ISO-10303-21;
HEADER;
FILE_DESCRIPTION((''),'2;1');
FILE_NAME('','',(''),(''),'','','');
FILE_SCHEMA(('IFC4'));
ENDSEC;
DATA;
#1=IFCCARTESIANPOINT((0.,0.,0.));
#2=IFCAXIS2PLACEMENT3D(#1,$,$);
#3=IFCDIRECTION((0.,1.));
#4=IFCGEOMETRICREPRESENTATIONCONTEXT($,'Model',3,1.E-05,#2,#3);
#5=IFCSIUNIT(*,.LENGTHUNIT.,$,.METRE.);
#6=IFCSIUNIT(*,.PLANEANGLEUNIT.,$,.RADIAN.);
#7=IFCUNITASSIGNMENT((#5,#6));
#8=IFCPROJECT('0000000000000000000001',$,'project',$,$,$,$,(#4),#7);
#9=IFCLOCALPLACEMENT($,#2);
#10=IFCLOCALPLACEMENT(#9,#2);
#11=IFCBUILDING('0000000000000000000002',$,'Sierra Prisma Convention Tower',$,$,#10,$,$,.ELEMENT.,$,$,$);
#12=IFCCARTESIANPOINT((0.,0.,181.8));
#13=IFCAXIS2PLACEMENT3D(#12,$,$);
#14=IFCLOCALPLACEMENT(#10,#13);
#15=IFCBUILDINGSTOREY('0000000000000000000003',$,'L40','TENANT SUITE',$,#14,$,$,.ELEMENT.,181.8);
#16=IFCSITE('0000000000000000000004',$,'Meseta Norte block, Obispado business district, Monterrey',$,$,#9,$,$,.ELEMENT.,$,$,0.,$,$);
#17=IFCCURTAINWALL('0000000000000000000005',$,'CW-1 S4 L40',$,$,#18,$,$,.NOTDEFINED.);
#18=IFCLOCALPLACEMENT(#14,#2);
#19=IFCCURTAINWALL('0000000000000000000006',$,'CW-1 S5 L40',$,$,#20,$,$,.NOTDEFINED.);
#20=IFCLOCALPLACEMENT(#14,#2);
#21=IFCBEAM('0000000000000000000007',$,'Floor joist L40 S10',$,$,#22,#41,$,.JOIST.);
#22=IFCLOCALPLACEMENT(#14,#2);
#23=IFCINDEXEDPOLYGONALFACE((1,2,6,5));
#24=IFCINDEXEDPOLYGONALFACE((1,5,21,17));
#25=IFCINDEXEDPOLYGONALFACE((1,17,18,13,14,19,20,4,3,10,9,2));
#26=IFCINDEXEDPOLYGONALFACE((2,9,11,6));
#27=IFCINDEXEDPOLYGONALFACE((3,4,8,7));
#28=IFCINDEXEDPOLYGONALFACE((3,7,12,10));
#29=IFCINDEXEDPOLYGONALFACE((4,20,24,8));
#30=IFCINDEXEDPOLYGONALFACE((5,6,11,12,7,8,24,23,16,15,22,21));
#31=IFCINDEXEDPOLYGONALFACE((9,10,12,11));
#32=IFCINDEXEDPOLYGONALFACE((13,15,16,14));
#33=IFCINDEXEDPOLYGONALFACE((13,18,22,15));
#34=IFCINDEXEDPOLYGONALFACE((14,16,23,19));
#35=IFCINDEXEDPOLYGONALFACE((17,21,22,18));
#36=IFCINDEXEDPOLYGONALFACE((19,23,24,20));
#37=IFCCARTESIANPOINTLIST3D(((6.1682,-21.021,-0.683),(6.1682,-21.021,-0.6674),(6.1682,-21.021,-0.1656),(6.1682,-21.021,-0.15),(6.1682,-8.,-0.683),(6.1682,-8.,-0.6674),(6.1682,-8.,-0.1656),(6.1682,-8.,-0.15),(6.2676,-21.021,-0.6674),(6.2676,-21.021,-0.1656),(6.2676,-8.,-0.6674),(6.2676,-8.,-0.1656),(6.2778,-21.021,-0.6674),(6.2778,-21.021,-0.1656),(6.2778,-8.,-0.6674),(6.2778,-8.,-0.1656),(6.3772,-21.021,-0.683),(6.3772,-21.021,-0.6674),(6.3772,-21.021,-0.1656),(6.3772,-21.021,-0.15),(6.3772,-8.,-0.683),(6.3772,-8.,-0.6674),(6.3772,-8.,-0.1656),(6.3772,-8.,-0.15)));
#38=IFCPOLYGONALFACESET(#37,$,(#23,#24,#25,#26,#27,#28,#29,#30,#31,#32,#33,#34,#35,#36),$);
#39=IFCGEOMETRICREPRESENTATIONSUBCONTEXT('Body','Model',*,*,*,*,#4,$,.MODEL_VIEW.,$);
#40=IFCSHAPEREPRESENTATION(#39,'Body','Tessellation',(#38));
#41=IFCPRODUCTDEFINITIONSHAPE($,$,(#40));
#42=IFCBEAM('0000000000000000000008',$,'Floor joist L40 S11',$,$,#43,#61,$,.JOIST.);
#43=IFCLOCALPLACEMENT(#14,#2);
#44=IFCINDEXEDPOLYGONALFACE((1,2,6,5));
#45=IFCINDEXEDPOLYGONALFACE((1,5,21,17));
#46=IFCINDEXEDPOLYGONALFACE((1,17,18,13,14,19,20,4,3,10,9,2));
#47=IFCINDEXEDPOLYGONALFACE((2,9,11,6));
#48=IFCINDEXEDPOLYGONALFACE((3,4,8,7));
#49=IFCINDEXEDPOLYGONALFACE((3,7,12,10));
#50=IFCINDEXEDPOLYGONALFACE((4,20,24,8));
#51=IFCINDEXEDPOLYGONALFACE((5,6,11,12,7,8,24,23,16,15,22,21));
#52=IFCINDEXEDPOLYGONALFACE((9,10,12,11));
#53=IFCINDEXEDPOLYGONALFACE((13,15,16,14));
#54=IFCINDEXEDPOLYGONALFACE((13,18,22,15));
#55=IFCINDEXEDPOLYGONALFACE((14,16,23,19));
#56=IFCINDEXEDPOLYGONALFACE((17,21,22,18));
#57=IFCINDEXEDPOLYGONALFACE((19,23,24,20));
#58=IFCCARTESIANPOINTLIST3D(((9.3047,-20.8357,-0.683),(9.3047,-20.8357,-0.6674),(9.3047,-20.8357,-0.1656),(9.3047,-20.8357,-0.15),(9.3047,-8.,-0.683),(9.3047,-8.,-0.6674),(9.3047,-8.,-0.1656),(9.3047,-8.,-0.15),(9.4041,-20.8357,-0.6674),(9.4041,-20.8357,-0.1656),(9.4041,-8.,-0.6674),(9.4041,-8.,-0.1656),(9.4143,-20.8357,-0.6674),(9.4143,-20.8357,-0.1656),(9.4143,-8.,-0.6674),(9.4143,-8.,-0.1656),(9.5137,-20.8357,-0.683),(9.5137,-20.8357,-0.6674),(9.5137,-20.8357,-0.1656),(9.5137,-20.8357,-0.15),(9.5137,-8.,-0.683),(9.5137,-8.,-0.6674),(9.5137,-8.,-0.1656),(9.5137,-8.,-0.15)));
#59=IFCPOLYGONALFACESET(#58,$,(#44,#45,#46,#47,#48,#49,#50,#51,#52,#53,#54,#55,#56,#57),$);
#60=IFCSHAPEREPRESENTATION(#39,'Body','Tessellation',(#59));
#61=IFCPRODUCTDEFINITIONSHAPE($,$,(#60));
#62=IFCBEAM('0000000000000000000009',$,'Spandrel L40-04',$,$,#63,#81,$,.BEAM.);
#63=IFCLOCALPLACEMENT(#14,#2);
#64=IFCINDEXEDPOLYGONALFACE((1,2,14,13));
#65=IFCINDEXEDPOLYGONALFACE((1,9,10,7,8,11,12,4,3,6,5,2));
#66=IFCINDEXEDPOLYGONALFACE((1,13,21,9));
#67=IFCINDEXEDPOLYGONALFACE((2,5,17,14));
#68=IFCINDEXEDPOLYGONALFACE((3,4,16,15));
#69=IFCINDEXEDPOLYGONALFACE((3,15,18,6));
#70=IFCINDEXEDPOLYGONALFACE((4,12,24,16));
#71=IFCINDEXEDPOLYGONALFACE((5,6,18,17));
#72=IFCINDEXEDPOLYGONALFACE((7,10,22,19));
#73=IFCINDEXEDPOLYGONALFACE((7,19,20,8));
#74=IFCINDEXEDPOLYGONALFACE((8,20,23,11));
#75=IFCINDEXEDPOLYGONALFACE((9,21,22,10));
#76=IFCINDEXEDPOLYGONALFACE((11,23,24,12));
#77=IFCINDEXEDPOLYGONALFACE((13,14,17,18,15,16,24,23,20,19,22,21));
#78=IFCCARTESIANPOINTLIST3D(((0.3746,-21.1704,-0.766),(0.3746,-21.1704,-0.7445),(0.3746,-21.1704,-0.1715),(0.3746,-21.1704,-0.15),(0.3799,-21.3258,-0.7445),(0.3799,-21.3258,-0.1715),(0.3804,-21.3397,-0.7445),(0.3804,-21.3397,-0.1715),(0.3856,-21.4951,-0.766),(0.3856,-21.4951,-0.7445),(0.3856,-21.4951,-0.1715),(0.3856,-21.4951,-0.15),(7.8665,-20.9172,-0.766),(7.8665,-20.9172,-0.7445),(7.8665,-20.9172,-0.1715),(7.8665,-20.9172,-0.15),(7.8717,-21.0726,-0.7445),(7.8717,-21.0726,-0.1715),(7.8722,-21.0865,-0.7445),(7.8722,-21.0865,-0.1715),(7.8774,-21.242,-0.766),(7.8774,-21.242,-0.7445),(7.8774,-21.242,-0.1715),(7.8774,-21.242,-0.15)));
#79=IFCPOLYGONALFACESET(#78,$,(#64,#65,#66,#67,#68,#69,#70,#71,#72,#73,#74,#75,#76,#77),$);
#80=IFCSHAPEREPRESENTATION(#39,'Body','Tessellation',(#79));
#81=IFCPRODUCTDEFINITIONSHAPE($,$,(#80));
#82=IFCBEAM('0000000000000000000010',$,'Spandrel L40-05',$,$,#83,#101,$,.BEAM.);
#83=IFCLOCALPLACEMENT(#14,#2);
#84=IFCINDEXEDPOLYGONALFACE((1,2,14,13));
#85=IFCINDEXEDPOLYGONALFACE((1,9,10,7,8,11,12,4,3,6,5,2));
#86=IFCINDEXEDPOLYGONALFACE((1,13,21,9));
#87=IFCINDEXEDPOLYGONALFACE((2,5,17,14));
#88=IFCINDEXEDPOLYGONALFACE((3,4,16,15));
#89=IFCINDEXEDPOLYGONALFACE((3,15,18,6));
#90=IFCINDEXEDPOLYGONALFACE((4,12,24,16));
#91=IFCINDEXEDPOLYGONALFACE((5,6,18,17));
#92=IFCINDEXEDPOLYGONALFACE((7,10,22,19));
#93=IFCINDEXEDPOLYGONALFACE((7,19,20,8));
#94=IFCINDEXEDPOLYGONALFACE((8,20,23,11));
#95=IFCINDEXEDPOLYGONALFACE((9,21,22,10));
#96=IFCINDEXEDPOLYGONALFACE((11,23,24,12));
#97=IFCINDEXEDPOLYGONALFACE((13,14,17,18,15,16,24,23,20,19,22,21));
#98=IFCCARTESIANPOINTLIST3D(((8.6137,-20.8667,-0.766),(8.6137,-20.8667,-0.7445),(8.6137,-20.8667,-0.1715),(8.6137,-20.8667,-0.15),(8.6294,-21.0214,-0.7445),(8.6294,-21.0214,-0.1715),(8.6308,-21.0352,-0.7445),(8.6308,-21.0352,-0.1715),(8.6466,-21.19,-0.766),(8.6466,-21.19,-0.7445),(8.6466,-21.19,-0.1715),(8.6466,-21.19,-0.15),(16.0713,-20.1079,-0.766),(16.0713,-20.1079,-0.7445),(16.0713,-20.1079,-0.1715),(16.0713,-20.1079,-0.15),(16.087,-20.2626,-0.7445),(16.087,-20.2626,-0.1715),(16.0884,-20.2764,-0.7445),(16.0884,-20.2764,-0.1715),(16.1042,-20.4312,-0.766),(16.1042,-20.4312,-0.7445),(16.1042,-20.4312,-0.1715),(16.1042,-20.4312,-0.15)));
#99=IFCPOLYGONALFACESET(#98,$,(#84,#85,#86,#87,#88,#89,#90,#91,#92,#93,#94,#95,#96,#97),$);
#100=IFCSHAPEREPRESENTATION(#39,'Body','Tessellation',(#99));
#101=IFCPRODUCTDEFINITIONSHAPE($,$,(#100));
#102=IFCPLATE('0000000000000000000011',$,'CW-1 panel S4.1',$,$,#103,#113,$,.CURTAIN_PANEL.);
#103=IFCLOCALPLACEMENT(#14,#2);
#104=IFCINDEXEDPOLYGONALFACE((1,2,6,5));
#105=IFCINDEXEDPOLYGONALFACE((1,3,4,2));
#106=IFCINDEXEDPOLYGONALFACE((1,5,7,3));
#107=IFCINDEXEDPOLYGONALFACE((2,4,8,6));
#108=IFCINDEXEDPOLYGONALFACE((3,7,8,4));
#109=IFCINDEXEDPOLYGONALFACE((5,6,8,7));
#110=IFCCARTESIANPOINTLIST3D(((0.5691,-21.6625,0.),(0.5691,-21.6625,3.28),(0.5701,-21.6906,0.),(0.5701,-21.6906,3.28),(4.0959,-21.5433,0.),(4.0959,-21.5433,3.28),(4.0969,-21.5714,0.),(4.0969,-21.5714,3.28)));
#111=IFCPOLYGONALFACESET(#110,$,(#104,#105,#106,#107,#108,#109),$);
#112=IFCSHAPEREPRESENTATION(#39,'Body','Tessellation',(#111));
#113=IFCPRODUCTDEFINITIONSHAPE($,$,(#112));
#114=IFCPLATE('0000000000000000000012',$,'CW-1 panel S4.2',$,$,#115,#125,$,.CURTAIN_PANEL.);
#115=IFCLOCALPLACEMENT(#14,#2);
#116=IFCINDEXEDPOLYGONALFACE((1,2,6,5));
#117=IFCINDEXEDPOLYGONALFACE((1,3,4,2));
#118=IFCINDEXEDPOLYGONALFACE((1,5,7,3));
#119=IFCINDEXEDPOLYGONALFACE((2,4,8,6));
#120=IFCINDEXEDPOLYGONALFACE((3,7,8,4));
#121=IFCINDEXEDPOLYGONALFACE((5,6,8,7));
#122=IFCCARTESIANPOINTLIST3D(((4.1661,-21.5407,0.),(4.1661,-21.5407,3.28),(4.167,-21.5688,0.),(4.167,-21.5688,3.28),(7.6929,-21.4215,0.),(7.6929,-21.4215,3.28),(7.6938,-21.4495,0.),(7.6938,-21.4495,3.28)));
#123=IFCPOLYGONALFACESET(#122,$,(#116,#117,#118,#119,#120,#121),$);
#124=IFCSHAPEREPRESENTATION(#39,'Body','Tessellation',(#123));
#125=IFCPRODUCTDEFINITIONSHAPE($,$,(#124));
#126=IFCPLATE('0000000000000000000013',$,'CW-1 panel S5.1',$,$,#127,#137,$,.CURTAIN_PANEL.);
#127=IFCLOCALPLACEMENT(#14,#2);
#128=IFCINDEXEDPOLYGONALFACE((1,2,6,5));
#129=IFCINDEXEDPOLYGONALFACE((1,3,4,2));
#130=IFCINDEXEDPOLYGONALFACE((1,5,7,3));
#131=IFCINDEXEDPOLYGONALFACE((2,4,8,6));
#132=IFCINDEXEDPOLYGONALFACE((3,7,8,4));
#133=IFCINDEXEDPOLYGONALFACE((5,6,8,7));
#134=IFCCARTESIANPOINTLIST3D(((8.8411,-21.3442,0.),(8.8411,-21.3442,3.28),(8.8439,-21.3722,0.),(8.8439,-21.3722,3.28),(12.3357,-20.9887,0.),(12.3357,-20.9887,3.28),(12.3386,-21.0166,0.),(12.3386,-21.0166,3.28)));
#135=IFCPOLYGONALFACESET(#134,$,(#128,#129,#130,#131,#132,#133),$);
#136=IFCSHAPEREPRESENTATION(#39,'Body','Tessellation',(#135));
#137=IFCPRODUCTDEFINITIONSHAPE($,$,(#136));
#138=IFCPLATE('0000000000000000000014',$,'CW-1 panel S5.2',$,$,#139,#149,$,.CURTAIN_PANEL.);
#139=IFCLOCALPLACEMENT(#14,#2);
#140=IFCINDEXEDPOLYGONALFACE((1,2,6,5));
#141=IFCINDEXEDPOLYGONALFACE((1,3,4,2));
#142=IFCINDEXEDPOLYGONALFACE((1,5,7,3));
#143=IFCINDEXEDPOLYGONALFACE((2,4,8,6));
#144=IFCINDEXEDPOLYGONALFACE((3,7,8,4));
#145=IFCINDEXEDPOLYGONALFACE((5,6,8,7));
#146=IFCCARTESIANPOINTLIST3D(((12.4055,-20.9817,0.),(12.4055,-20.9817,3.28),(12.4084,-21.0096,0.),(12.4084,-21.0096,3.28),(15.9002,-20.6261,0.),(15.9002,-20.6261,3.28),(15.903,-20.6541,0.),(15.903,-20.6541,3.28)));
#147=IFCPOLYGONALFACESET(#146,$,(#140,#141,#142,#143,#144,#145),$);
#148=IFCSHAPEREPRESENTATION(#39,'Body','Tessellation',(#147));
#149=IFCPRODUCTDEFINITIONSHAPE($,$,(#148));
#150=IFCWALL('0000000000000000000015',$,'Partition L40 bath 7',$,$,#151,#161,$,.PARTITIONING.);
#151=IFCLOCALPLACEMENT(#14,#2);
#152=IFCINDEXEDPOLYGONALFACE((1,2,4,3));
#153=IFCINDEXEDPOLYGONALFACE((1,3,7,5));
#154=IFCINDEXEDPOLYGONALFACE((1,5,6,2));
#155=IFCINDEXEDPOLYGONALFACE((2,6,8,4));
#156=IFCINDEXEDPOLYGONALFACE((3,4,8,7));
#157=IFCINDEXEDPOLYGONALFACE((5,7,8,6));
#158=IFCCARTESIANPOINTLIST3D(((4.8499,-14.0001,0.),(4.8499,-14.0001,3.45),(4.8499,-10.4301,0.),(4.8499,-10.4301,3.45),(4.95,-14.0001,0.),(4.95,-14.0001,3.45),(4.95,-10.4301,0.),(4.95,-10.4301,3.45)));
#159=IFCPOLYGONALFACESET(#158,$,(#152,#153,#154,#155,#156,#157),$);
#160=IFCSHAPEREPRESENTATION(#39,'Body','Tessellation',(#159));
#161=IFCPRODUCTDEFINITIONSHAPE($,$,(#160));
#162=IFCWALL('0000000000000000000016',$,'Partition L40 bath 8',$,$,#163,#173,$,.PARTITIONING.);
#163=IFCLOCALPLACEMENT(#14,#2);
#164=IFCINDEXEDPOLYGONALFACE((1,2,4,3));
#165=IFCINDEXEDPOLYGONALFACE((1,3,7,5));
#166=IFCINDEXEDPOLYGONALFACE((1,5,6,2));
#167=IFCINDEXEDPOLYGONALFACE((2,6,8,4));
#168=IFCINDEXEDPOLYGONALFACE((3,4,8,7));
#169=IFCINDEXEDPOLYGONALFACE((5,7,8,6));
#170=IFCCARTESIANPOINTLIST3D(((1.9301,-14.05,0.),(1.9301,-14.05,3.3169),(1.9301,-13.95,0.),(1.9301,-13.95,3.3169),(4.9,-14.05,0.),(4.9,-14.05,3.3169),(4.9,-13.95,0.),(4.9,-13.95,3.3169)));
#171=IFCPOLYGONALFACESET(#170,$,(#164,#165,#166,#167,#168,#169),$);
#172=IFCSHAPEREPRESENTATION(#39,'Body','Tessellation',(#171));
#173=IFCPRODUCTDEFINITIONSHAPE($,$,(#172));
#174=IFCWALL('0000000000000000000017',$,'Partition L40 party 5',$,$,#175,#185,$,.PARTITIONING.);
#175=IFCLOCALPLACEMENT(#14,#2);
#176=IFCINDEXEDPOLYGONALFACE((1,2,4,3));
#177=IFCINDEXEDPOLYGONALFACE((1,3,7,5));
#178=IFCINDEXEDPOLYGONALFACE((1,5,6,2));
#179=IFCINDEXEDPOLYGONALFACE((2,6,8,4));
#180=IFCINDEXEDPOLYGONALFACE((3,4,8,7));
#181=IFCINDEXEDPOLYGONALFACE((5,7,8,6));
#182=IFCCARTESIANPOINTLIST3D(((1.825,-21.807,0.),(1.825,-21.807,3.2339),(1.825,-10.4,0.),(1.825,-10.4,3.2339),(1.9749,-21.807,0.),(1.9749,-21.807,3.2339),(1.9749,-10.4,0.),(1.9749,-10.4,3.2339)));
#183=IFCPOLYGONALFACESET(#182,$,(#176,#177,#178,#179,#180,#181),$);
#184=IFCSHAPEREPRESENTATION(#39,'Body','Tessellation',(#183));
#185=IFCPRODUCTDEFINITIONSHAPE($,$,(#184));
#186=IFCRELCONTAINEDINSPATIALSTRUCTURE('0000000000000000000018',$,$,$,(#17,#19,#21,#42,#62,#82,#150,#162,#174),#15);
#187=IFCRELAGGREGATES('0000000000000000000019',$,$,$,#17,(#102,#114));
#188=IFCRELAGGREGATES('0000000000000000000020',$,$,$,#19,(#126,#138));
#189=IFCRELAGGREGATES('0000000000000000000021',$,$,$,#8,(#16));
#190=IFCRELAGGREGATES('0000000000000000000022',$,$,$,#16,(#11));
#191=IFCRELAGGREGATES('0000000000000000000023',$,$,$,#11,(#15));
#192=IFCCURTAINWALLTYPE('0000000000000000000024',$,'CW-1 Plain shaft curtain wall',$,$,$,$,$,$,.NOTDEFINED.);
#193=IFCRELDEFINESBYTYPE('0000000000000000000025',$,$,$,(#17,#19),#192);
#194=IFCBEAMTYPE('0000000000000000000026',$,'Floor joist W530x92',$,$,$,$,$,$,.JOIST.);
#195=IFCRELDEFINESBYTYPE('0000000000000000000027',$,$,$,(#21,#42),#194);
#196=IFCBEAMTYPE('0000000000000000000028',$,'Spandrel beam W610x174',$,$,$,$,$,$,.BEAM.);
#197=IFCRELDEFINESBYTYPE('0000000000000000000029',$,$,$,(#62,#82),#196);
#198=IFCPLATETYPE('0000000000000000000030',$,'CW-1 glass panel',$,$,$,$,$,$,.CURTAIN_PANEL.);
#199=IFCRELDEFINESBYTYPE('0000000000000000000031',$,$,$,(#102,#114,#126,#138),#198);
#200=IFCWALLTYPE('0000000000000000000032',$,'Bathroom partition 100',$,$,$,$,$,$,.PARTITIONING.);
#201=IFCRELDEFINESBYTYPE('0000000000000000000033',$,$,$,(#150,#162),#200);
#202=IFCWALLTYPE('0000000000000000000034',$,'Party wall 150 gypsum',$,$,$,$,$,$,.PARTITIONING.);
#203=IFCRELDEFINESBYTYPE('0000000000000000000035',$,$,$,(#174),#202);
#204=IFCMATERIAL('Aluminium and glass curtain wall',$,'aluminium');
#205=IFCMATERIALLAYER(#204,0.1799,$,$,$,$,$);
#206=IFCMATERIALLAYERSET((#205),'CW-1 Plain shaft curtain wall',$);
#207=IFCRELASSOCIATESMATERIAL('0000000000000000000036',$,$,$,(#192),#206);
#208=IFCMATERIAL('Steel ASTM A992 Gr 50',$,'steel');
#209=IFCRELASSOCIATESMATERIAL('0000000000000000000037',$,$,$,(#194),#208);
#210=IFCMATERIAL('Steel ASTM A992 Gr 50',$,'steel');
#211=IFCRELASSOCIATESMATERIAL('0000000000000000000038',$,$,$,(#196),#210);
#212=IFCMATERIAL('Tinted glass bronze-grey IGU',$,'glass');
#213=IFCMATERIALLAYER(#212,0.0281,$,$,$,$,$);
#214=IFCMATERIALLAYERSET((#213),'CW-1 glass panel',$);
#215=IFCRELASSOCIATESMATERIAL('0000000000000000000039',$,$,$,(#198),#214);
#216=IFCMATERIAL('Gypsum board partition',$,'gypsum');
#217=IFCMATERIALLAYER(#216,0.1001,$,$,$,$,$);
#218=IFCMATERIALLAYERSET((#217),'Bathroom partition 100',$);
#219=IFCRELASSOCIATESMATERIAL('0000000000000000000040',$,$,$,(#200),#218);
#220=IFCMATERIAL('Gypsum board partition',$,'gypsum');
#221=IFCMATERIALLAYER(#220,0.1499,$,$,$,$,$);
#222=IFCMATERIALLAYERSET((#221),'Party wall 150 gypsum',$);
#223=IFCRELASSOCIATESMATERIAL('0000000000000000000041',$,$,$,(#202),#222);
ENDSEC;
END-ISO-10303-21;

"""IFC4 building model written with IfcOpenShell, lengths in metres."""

from ifc_helpers import new_model, si_unit, direction, frame, frame_2d, origin, origin_2d, place, context, subcontext, project, spatial, rectangle, i_section, extrude, material, layer, layer_set, material_profile, profile_set, type_object, element, aggregate, save


model = new_model("IFC4")

# Units and contexts
model_context = context("Model", 3, precision=1e-05, world=origin(), true_north=direction((0.0, 1.0)))
body_context = subcontext(model_context, "Body", "Model", "MODEL_VIEW")
ifc_project = project(units=[si_unit("LENGTHUNIT", "METRE"), si_unit("PLANEANGLEUNIT", "RADIAN")], contexts=[model_context])

# Site, building, storey
site_placement = place(None, origin())
site = spatial("IfcSite", under=ifc_project, at=site_placement, Name="Meseta Norte block, Obispado business district, Monterrey", CompositionType="ELEMENT", RefElevation=0.0)
building_placement = place(site_placement, origin())
building = spatial("IfcBuilding", under=site, at=building_placement, Name="Sierra Prisma Convention Tower", CompositionType="ELEMENT")
storey_placement = place(building_placement, frame((0.0, 0.0, 181.8)))
storey = spatial("IfcBuildingStorey", under=building, at=storey_placement, Name="L40", Description="TENANT SUITE", CompositionType="ELEMENT", Elevation=181.8)

# Curtain walls
ifc_material_1 = material(Name="Aluminium and glass curtain wall", Category="aluminium")
ifc_layer_1 = layer(ifc_material_1, 0.1799)
ifc_layer_set_1 = layer_set([ifc_layer_1], Name="CW-1 Plain shaft curtain wall")
curtain_wall_type = type_object("IfcCurtainWallType", Name="CW-1 Plain shaft curtain wall", PredefinedType="NOTDEFINED", material=ifc_layer_set_1)
curtain_wall_1_placement = place(storey_placement, origin())
curtain_wall_1 = element("IfcCurtainWall", 1, at=curtain_wall_1_placement, inside=storey, type_object=curtain_wall_type, Name="CW-1 S4 L40", PredefinedType="NOTDEFINED")
curtain_wall_2_placement = place(storey_placement, origin())
curtain_wall_2 = element("IfcCurtainWall", 2, at=curtain_wall_2_placement, inside=storey, type_object=curtain_wall_type, Name="CW-1 S5 L40", PredefinedType="NOTDEFINED")

# Beams
ifc_material_2 = material(Name="Steel ASTM A992 Gr 50", Category="steel")
ifc_material_profile_1 = material_profile(ifc_material_2, i_section(OverallWidth=0.209, OverallDepth=0.533, WebThickness=0.0103, FlangeThickness=0.0156, at=origin_2d()), Name="W530x92")
ifc_profile_set_1 = profile_set([ifc_material_profile_1], Name="Steel ASTM A992 Gr 50")
beam_type_1 = type_object("IfcBeamType", Name="Floor joist W530x92", PredefinedType="JOIST", material=ifc_profile_set_1)
beam_1_placement = place(storey_placement, frame((6.2727, -21.021, -0.4165), z_axis=(0.0, 1.0, 0.0), x_axis=(-1.0, 0.0, 0.0)))
element("IfcBeam", 3, at=beam_1_placement, inside=storey, type_object=beam_type_1, Name="Floor joist L40 S10", PredefinedType="JOIST", context=body_context, shape_type="SweptSolid", body=[
    extrude(i_section(OverallWidth=0.209, OverallDepth=0.533, WebThickness=0.0103, FlangeThickness=0.0156, at=origin_2d()), origin(), (0.0, 0.0, 1.0), 13.021),
])
beam_2_placement = place(storey_placement, frame((9.4092, -20.8357, -0.4165), z_axis=(0.0, 1.0, 0.0), x_axis=(-1.0, 0.0, 0.0)))
element("IfcBeam", 4, at=beam_2_placement, inside=storey, type_object=beam_type_1, Name="Floor joist L40 S11", PredefinedType="JOIST", context=body_context, shape_type="SweptSolid", body=[
    extrude(i_section(OverallWidth=0.209, OverallDepth=0.533, WebThickness=0.0103, FlangeThickness=0.0156, at=origin_2d()), origin(), (0.0, 0.0, 1.0), 12.8357),
])
ifc_material_3 = material(Name="Steel ASTM A992 Gr 50", Category="steel")
ifc_material_profile_2 = material_profile(ifc_material_3, i_section(OverallWidth=0.325, OverallDepth=0.616, WebThickness=0.0139, FlangeThickness=0.0215, at=origin_2d()), Name="W610x174")
ifc_profile_set_2 = profile_set([ifc_material_profile_2], Name="Steel ASTM A992 Gr 50")
beam_type_2 = type_object("IfcBeamType", Name="Spandrel beam W610x174", PredefinedType="BEAM", material=ifc_profile_set_2)
for number, where, z_axis, x_axis, name in (
    (5, (0.3801, -21.3328, -0.458), (0.999429, 0.033775, 0.0), (-0.033775, 0.999429, 0.0), "Spandrel L40-04"),
    (6, (8.6301, -21.0283, -0.458), (0.994864, 0.101226, 0.0), (-0.101226, 0.994864, 0.0), "Spandrel L40-05"),
):
    element("IfcBeam", number, at=place(storey_placement, frame(where, z_axis=z_axis, x_axis=x_axis)), inside=storey, type_object=beam_type_2, Name=name, PredefinedType="BEAM", context=body_context, shape_type="SweptSolid", body=[
        extrude(i_section(OverallWidth=0.325, OverallDepth=0.616, WebThickness=0.0139, FlangeThickness=0.0215, at=origin_2d()), origin(), (0.0, 0.0, 1.0), 7.4961),
    ])

# Plates
ifc_material_4 = material(Name="Tinted glass bronze-grey IGU", Category="glass")
ifc_layer_2 = layer(ifc_material_4, 0.0281)
ifc_layer_set_2 = layer_set([ifc_layer_2], Name="CW-1 glass panel")
plate_type = type_object("IfcPlateType", Name="CW-1 glass panel", PredefinedType="CURTAIN_PANEL", material=ifc_layer_set_2)
plate_1_placement = place(storey_placement, frame((2.333, -21.6169, 0.0), z_axis=(0.0, 0.0, 1.0), x_axis=(0.999429, 0.033792, 0.0)))
plate_1 = element("IfcPlate", 7, at=plate_1_placement, type_object=plate_type, Name="CW-1 panel S4.1", PredefinedType="CURTAIN_PANEL", context=body_context, shape_type="SweptSolid", body=[
    extrude(rectangle(XDim=3.5288, YDim=0.0281, at=origin_2d()), origin(), (0.0, 0.0, 1.0), 3.28),
])
plate_2_placement = place(storey_placement, frame((5.9299, -21.4951, 0.0), z_axis=(0.0, 0.0, 1.0), x_axis=(0.999429, 0.033792, 0.0)))
plate_2 = element("IfcPlate", 8, at=plate_2_placement, type_object=plate_type, Name="CW-1 panel S4.2", PredefinedType="CURTAIN_PANEL", context=body_context, shape_type="SweptSolid", body=[
    extrude(rectangle(XDim=3.5288, YDim=0.0281, at=origin_2d()), origin(), (0.0, 0.0, 1.0), 3.28),
])
aggregate(curtain_wall_1, [plate_1, plate_2])
plate_3_placement = place(storey_placement, frame((10.5898, -21.1804, 0.0), z_axis=(0.0, 0.0, 1.0), x_axis=(0.994864, 0.10122, 0.0)))
plate_3 = element("IfcPlate", 9, at=plate_3_placement, type_object=plate_type, Name="CW-1 panel S5.1", PredefinedType="CURTAIN_PANEL", context=body_context, shape_type="SweptSolid", body=[
    extrude(rectangle(XDim=3.5127, YDim=0.0281, at=origin_2d()), origin(), (0.0, 0.0, 1.0), 3.28),
])
plate_4_placement = place(storey_placement, frame((14.1543, -20.8179, 0.0), z_axis=(0.0, 0.0, 1.0), x_axis=(0.994864, 0.10122, 0.0)))
plate_4 = element("IfcPlate", 10, at=plate_4_placement, type_object=plate_type, Name="CW-1 panel S5.2", PredefinedType="CURTAIN_PANEL", context=body_context, shape_type="SweptSolid", body=[
    extrude(rectangle(XDim=3.5127, YDim=0.0281, at=origin_2d()), origin(), (0.0, 0.0, 1.0), 3.28),
])
aggregate(curtain_wall_2, [plate_3, plate_4])

# Walls
ifc_material_5 = material(Name="Gypsum board partition", Category="gypsum")
ifc_layer_3 = layer(ifc_material_5, 0.1001)
ifc_layer_set_3 = layer_set([ifc_layer_3], Name="Bathroom partition 100")
wall_type_1 = type_object("IfcWallType", Name="Bathroom partition 100", PredefinedType="PARTITIONING", material=ifc_layer_set_3)
wall_1_placement = place(storey_placement, frame((4.8999, -10.4299, 0.0), z_axis=(0.0, 0.0, 1.0), x_axis=(0.0, -1.0, 0.0)))
element("IfcWall", 11, at=wall_1_placement, inside=storey, type_object=wall_type_1, Name="Partition L40 bath 7", PredefinedType="PARTITIONING", context=body_context, shape_type="SweptSolid", body=[
    extrude(rectangle(XDim=3.5701, YDim=0.1001, at=frame_2d((1.7852, 0.0))), origin(), (0.0, 0.0, 1.0), 3.45),
])
wall_2_placement = place(storey_placement, frame((4.8999, -14.0, 0.0), z_axis=(0.0, 0.0, 1.0), x_axis=(-1.0, 0.0, 0.0)))
element("IfcWall", 12, at=wall_2_placement, inside=storey, type_object=wall_type_1, Name="Partition L40 bath 8", PredefinedType="PARTITIONING", context=body_context, shape_type="SweptSolid", body=[
    extrude(rectangle(XDim=2.97, YDim=0.1001, at=frame_2d((1.4849, 0.0))), origin(), (0.0, 0.0, 1.0), 3.3169),
])
ifc_material_6 = material(Name="Gypsum board partition", Category="gypsum")
ifc_layer_4 = layer(ifc_material_6, 0.1499)
ifc_layer_set_4 = layer_set([ifc_layer_4], Name="Party wall 150 gypsum")
wall_type_2 = type_object("IfcWallType", Name="Party wall 150 gypsum", PredefinedType="PARTITIONING", material=ifc_layer_set_4)
wall_3_placement = place(storey_placement, frame((1.8999, -10.3999, 0.0), z_axis=(0.0, 0.0, 1.0), x_axis=(0.0, -1.0, 0.0)))
element("IfcWall", 13, at=wall_3_placement, inside=storey, type_object=wall_type_2, Name="Partition L40 party 5", PredefinedType="PARTITIONING", context=body_context, shape_type="SweptSolid", body=[
    extrude(rectangle(XDim=11.407, YDim=0.1499, at=frame_2d((5.7036, 0.0))), origin(), (0.0, 0.0, 1.0), 3.2339),
])

save(model, "model.ifc")
